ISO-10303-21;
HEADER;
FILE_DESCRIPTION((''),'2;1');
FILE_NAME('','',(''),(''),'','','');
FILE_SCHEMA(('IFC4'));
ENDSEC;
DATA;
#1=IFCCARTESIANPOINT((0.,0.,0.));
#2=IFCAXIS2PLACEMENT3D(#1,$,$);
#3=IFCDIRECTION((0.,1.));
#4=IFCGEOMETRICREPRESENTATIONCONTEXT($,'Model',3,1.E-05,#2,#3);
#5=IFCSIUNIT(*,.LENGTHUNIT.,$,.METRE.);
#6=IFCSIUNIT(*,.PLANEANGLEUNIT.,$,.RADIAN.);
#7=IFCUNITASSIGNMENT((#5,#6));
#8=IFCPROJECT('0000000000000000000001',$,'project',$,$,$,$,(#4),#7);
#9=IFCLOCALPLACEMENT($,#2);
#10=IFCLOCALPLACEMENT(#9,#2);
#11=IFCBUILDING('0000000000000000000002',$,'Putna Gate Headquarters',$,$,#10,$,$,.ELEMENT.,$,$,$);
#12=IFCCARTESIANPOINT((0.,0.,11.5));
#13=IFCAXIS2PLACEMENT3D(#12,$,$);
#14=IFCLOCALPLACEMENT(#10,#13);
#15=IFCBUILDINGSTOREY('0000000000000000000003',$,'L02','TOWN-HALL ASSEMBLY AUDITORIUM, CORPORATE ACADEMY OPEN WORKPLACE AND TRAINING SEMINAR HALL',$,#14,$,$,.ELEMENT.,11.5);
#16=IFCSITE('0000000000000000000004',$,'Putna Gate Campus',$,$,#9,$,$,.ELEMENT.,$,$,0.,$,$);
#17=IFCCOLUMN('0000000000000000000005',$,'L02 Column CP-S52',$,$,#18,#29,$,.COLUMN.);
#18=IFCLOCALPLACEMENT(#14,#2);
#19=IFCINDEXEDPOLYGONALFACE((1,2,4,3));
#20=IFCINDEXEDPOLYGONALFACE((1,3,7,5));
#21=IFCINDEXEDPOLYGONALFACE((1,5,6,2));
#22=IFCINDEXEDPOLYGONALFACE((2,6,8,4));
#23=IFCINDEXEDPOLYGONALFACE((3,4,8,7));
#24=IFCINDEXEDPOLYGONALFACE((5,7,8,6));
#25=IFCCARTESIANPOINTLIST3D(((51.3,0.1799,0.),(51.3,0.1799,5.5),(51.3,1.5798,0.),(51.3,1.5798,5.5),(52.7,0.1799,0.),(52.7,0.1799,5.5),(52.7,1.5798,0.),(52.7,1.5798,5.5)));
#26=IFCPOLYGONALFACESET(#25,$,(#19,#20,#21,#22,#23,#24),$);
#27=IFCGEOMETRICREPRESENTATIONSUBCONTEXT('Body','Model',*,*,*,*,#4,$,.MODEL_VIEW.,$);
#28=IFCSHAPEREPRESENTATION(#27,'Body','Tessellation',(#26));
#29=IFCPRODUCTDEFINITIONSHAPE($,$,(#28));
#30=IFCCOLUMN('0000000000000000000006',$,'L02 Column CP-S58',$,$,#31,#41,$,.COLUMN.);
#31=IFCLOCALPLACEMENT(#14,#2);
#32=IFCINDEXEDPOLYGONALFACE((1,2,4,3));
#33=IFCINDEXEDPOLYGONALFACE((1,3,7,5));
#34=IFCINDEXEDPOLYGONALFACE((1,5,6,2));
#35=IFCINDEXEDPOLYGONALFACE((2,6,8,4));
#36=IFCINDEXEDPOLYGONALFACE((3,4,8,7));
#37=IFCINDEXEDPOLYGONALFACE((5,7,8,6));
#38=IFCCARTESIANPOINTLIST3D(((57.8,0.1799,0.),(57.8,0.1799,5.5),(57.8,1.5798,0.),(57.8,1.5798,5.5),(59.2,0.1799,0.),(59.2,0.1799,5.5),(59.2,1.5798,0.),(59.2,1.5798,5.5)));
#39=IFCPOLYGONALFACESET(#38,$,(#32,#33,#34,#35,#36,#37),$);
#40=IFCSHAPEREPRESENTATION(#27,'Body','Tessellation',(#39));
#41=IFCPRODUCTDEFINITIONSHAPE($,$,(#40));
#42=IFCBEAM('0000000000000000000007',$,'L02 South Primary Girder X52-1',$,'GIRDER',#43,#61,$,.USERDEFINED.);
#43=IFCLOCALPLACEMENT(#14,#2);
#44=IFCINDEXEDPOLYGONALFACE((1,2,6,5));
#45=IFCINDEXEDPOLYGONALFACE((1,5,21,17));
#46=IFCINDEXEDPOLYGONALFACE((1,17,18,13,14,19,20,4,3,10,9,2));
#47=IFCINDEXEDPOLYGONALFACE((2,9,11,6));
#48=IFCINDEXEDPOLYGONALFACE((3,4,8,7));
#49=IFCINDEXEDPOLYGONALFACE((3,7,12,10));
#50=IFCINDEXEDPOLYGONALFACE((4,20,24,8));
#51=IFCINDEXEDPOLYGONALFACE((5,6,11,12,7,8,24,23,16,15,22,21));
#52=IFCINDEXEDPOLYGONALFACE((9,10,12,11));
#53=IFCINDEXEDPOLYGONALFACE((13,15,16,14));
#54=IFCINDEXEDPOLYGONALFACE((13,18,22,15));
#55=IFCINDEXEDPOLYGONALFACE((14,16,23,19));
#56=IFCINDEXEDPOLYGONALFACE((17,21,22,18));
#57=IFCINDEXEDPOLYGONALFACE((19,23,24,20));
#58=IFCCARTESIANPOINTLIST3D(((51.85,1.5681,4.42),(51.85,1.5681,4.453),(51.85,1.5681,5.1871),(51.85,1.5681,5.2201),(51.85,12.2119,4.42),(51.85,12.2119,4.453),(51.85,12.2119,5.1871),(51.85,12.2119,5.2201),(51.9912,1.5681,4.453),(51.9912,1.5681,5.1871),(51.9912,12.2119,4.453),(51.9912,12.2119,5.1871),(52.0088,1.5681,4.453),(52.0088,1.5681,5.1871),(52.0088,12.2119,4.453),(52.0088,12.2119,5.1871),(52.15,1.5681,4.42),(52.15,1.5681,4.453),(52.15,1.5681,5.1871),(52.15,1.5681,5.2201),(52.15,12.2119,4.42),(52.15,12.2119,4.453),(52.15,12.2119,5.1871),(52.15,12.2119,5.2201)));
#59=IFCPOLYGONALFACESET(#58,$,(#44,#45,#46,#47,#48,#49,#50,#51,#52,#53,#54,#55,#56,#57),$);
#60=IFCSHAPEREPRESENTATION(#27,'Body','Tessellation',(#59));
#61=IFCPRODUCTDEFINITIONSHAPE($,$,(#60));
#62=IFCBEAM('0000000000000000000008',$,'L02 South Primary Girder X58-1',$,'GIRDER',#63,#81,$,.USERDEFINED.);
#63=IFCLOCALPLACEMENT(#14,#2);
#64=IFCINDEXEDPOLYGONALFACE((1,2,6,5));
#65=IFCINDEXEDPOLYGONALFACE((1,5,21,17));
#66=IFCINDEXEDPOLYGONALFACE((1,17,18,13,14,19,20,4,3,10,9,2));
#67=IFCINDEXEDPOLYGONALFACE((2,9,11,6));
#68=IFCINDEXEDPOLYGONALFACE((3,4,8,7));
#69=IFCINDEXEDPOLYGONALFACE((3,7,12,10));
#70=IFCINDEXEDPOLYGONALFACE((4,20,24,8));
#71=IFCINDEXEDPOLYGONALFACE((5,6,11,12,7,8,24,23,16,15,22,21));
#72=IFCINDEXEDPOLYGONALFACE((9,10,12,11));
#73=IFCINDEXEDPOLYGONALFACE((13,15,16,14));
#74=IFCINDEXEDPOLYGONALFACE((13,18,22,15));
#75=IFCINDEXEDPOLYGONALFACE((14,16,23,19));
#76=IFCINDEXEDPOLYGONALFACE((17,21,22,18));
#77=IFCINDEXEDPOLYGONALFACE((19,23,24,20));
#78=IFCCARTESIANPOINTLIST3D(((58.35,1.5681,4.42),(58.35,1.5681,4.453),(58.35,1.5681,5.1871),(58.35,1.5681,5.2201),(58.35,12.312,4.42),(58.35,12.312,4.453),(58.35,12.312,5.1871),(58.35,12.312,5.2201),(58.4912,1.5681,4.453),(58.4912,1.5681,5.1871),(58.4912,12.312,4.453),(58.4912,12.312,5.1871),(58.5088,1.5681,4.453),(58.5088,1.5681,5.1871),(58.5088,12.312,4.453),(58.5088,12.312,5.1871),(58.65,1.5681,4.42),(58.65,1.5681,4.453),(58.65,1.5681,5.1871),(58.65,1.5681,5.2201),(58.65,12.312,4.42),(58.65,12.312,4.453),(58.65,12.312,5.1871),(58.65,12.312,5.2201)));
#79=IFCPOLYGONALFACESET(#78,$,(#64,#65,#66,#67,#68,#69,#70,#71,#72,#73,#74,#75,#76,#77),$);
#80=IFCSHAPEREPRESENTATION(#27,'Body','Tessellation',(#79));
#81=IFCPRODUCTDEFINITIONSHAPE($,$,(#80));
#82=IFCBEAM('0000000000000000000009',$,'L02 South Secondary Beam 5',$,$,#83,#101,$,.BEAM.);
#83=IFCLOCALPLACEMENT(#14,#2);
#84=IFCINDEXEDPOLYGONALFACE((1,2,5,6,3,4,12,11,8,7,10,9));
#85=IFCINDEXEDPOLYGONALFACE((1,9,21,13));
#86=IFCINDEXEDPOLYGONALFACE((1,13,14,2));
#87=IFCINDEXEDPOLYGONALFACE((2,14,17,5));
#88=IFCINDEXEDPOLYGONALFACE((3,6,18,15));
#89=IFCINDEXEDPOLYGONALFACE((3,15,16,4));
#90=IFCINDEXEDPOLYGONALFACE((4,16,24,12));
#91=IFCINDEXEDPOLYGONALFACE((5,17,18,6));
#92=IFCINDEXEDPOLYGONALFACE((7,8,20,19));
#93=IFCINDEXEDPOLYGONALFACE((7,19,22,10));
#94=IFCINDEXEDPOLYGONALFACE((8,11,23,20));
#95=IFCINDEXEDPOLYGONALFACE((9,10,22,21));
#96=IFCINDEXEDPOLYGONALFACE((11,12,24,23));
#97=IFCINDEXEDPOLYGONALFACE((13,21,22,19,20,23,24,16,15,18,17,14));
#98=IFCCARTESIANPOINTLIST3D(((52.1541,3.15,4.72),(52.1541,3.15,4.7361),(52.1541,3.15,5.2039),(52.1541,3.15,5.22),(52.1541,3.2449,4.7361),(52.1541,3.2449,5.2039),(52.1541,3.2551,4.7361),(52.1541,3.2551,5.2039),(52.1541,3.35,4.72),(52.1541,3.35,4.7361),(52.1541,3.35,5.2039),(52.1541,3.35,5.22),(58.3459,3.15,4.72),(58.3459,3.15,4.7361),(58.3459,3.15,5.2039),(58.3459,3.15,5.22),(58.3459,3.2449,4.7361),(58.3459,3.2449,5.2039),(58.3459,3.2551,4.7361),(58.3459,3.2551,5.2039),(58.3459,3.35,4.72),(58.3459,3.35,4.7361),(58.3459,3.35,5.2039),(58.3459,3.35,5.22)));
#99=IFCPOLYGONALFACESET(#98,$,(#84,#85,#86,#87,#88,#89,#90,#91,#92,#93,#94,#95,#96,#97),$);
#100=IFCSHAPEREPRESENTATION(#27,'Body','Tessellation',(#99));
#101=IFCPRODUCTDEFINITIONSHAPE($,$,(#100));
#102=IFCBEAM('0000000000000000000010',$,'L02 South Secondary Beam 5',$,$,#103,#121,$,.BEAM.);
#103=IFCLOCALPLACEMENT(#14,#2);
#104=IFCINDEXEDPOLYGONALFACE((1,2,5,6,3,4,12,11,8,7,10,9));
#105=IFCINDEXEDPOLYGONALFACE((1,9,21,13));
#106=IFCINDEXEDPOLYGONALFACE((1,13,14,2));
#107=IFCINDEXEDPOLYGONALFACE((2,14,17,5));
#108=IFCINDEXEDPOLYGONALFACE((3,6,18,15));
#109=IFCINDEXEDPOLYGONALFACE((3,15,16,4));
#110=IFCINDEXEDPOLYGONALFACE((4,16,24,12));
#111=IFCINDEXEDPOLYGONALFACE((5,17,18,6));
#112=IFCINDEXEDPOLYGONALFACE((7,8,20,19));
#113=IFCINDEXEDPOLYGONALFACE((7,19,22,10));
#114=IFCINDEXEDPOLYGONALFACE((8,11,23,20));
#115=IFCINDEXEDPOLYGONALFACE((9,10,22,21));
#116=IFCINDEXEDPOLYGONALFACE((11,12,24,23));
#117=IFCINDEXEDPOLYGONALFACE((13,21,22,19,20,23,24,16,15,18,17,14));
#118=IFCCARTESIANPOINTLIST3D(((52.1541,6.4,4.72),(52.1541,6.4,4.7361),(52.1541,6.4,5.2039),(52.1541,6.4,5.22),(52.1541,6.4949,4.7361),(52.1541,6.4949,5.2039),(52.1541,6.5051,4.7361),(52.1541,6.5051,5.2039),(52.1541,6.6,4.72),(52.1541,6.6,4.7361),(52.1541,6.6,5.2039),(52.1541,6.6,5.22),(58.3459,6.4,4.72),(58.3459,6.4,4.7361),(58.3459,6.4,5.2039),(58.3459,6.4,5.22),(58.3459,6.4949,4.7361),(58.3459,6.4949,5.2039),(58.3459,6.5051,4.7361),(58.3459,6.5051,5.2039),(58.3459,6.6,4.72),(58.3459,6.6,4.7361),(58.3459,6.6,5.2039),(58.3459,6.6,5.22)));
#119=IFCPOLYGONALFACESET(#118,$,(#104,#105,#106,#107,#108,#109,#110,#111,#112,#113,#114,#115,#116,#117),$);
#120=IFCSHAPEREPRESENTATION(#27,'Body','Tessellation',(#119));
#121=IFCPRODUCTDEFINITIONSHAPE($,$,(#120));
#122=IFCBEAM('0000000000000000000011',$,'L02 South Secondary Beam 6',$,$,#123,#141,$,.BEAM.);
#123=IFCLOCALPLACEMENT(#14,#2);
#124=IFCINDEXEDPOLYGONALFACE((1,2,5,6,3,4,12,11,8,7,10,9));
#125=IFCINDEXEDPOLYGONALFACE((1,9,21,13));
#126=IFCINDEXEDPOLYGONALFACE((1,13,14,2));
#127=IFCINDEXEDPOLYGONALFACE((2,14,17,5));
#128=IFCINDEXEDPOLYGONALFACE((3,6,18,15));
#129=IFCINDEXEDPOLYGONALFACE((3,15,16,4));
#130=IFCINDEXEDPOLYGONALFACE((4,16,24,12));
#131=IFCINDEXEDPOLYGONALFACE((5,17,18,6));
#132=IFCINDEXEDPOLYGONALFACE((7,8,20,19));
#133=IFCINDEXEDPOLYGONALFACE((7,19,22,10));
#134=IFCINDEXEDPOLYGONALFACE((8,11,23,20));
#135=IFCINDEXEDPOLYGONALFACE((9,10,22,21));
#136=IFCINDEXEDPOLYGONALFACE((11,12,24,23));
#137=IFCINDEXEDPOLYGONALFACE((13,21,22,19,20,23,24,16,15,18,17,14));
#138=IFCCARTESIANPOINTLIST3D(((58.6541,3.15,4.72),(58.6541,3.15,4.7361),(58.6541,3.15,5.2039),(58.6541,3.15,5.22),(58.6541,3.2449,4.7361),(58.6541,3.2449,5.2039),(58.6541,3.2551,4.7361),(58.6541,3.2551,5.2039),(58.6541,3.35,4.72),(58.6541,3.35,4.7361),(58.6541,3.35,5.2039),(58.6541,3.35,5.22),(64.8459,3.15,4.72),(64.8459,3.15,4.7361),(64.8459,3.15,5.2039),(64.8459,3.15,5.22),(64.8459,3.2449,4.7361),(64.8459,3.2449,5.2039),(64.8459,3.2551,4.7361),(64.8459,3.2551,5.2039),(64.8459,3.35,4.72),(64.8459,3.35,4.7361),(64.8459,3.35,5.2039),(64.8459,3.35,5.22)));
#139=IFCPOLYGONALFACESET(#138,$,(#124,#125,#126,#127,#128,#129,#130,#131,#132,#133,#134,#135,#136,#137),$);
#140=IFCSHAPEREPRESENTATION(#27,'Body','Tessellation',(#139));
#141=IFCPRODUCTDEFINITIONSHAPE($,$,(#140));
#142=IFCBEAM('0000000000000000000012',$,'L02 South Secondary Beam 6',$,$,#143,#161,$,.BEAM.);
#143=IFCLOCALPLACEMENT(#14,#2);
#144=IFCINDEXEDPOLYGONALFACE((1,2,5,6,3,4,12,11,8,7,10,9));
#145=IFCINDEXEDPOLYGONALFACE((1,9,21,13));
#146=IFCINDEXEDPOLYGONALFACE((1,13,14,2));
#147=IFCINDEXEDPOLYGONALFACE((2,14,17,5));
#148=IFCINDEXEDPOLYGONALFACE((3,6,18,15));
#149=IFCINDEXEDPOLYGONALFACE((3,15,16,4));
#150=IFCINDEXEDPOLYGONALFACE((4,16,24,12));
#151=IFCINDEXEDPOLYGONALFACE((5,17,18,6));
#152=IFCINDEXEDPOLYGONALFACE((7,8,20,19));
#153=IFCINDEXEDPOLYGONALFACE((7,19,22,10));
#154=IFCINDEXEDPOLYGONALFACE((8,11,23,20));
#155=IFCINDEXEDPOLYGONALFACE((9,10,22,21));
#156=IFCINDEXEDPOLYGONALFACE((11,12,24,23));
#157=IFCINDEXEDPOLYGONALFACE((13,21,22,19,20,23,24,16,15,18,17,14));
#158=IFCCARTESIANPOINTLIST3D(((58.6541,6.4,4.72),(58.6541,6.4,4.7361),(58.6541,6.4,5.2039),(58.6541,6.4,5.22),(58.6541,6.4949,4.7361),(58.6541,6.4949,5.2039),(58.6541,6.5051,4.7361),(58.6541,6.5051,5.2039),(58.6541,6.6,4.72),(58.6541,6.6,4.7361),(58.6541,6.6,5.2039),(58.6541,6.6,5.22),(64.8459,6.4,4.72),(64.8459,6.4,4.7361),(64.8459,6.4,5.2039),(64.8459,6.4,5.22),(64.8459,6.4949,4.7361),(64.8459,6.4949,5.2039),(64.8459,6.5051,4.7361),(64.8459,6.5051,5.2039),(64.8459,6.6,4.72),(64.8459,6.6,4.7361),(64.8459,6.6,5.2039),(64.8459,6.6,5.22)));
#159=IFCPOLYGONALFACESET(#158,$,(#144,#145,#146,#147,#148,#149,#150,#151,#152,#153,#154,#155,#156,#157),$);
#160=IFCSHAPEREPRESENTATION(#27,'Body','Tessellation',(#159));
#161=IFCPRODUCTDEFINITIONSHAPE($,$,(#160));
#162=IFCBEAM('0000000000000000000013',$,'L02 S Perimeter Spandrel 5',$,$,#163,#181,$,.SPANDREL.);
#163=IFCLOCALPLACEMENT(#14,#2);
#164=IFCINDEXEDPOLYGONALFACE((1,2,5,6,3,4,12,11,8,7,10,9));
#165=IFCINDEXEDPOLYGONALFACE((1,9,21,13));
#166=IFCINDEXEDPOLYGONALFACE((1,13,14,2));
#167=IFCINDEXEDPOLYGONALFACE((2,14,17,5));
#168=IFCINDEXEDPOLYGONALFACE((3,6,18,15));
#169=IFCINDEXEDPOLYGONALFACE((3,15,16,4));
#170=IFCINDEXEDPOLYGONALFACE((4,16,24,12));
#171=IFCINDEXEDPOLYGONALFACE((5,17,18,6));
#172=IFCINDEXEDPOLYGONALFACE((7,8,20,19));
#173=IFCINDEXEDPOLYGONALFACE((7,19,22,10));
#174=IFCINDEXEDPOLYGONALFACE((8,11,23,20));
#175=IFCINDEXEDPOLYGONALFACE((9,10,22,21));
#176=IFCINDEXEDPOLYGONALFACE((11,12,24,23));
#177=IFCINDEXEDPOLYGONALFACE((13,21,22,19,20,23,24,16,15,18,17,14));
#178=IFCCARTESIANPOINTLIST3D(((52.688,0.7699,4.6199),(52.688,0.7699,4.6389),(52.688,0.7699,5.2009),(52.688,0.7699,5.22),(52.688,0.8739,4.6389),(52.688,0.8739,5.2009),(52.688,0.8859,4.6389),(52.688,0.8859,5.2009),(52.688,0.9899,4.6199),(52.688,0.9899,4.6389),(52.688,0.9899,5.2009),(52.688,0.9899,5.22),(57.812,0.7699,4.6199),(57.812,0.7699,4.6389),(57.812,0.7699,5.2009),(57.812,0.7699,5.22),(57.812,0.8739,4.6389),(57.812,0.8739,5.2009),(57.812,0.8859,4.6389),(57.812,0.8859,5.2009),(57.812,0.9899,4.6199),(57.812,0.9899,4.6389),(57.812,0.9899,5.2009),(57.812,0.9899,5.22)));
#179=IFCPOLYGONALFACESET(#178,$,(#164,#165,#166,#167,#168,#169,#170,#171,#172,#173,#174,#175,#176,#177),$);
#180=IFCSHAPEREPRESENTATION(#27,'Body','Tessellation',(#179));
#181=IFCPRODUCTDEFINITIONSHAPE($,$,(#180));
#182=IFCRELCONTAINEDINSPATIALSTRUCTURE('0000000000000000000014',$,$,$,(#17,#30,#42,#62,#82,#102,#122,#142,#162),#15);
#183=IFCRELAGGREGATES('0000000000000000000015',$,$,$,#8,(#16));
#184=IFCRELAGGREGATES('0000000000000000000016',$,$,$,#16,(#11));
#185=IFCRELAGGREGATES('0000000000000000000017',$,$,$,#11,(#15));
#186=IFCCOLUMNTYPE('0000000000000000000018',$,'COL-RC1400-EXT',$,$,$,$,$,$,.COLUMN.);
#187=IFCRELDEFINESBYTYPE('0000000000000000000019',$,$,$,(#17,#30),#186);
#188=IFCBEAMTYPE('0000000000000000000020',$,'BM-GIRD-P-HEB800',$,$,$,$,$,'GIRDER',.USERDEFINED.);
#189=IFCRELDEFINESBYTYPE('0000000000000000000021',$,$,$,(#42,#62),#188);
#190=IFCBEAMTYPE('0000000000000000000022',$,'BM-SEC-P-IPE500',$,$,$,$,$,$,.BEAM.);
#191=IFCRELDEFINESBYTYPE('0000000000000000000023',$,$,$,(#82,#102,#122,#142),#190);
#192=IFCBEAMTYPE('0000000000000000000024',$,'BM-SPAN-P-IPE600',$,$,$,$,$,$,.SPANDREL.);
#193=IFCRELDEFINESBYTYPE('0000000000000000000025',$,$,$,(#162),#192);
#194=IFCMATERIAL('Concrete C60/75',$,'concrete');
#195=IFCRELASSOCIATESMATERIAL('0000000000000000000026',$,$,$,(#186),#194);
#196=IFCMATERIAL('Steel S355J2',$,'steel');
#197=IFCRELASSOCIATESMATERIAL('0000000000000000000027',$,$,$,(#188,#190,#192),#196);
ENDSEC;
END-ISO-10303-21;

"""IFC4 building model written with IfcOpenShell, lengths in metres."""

from ifc_helpers import new_model, si_unit, direction, frame, origin, origin_2d, place, context, subcontext, project, spatial, rectangle, i_section, extrude, material, material_profile, profile_set, type_object, element, save


model = new_model("IFC4")

# Units and contexts
model_context = context("Model", 3, precision=1e-05, world=origin(), true_north=direction((0.0, 1.0)))
body_context = subcontext(model_context, "Body", "Model", "MODEL_VIEW")
ifc_project = project(units=[si_unit("LENGTHUNIT", "METRE"), si_unit("PLANEANGLEUNIT", "RADIAN")], contexts=[model_context])

# Site, building, storey
site_placement = place(None, origin())
site = spatial("IfcSite", under=ifc_project, at=site_placement, Name="Putna Gate Campus", CompositionType="ELEMENT", RefElevation=0.0)
building_placement = place(site_placement, origin())
building = spatial("IfcBuilding", under=site, at=building_placement, Name="Putna Gate Headquarters", CompositionType="ELEMENT")
storey_placement = place(building_placement, frame((0.0, 0.0, 11.5)))
storey = spatial("IfcBuildingStorey", under=building, at=storey_placement, Name="L02", Description="TOWN-HALL ASSEMBLY AUDITORIUM, CORPORATE ACADEMY OPEN WORKPLACE AND TRAINING SEMINAR HALL", CompositionType="ELEMENT", Elevation=11.5)

# Columns
ifc_material_1 = material(Name="Concrete C60/75", Category="concrete")
ifc_material_profile_1 = material_profile(ifc_material_1, rectangle(XDim=1.3999, YDim=1.3999, at=origin_2d()), Name="Concrete C60/75")
ifc_profile_set_1 = profile_set([ifc_material_profile_1], Name="Concrete C60/75")
column_type = type_object("IfcColumnType", Name="COL-RC1400-EXT", PredefinedType="COLUMN", material=ifc_profile_set_1)
for number, where, z_axis, x_axis, name in (
    (1, (52.0, 0.8799, 0.0), (0.0, 0.0, 1.0), (1.0, 0.0, 0.0), "L02 Column CP-S52"),
    (2, (58.5, 0.8799, 0.0), (0.0, 0.0, 1.0), (1.0, 0.0, 0.0), "L02 Column CP-S58"),
):
    element("IfcColumn", number, at=place(storey_placement, frame(where, z_axis=z_axis, x_axis=x_axis)), inside=storey, type_object=column_type, Name=name, PredefinedType="COLUMN", context=body_context, shape_type="SweptSolid", body=[
        extrude(rectangle(XDim=1.3999, YDim=1.3999, at=origin_2d()), origin(), (0.0, 0.0, 1.0), 5.5),
    ])

# Beams
ifc_material_2 = material(Name="Steel S355J2", Category="steel")
ifc_material_profile_2 = material_profile(ifc_material_2, i_section(OverallWidth=0.3, OverallDepth=0.8, WebThickness=0.0176, FlangeThickness=0.033, at=origin_2d()), Name="Steel S355J2")
ifc_profile_set_2 = profile_set([ifc_material_profile_2], Name="Steel S355J2")
beam_type_1 = type_object("IfcBeamType", Name="BM-GIRD-P-HEB800", ElementType="GIRDER", PredefinedType="USERDEFINED", material=ifc_profile_set_2)
beam_1_placement = place(storey_placement, frame((52.0, 1.5681, 4.8201), z_axis=(0.0, 1.0, 0.0), x_axis=(-1.0, 0.0, 0.0)))
element("IfcBeam", 3, at=beam_1_placement, inside=storey, type_object=beam_type_1, Name="L02 South Primary Girder X52-1", ObjectType="GIRDER", PredefinedType="USERDEFINED", context=body_context, shape_type="SweptSolid", body=[
    extrude(i_section(OverallWidth=0.3, OverallDepth=0.8, WebThickness=0.0176, FlangeThickness=0.033, at=origin_2d()), origin(), (0.0, 0.0, 1.0), 10.6438),
])
beam_2_placement = place(storey_placement, frame((58.5, 1.5681, 4.8201), z_axis=(0.0, 1.0, 0.0), x_axis=(-1.0, 0.0, 0.0)))
element("IfcBeam", 4, at=beam_2_placement, inside=storey, type_object=beam_type_1, Name="L02 South Primary Girder X58-1", ObjectType="GIRDER", PredefinedType="USERDEFINED", context=body_context, shape_type="SweptSolid", body=[
    extrude(i_section(OverallWidth=0.3, OverallDepth=0.8, WebThickness=0.0176, FlangeThickness=0.033, at=origin_2d()), origin(), (0.0, 0.0, 1.0), 10.7439),
])
ifc_material_profile_3 = material_profile(ifc_material_2, i_section(OverallWidth=0.2, OverallDepth=0.5, WebThickness=0.0103, FlangeThickness=0.0161, at=origin_2d()), Name="Steel S355J2")
ifc_profile_set_3 = profile_set([ifc_material_profile_3], Name="Steel S355J2")
beam_type_2 = type_object("IfcBeamType", Name="BM-SEC-P-IPE500", PredefinedType="BEAM", material=ifc_profile_set_3)
for number, where, z_axis, x_axis, name in (
    (5, (52.1541, 3.25, 4.97), (1.0, 0.0, 0.0), (0.0, 1.0, 0.0), "L02 South Secondary Beam 5"),
    (6, (52.1541, 6.5, 4.97), (1.0, 0.0, 0.0), (0.0, 1.0, 0.0), "L02 South Secondary Beam 5"),
    (7, (58.6541, 3.25, 4.97), (1.0, 0.0, 0.0), (0.0, 1.0, 0.0), "L02 South Secondary Beam 6"),
    (8, (58.6541, 6.5, 4.97), (1.0, 0.0, 0.0), (0.0, 1.0, 0.0), "L02 South Secondary Beam 6"),
):
    element("IfcBeam", number, at=place(storey_placement, frame(where, z_axis=z_axis, x_axis=x_axis)), inside=storey, type_object=beam_type_2, Name=name, PredefinedType="BEAM", context=body_context, shape_type="SweptSolid", body=[
        extrude(i_section(OverallWidth=0.2, OverallDepth=0.5, WebThickness=0.0103, FlangeThickness=0.0161, at=origin_2d()), origin(), (0.0, 0.0, 1.0), 6.1919),
    ])
ifc_material_profile_4 = material_profile(ifc_material_2, i_section(OverallWidth=0.22, OverallDepth=0.6001, WebThickness=0.012, FlangeThickness=0.019, at=origin_2d()), Name="Steel S355J2")
ifc_profile_set_4 = profile_set([ifc_material_profile_4], Name="Steel S355J2")
beam_type_3 = type_object("IfcBeamType", Name="BM-SPAN-P-IPE600", PredefinedType="SPANDREL", material=ifc_profile_set_4)
beam_3_placement = place(storey_placement, frame((52.688, 0.8799, 4.9199), z_axis=(1.0, 0.0, 0.0), x_axis=(0.0, 1.0, 0.0)))
element("IfcBeam", 9, at=beam_3_placement, inside=storey, type_object=beam_type_3, Name="L02 S Perimeter Spandrel 5", PredefinedType="SPANDREL", context=body_context, shape_type="SweptSolid", body=[
    extrude(i_section(OverallWidth=0.22, OverallDepth=0.6001, WebThickness=0.012, FlangeThickness=0.019, at=origin_2d()), origin(), (0.0, 0.0, 1.0), 5.124),
])

save(model, "model.ifc")
